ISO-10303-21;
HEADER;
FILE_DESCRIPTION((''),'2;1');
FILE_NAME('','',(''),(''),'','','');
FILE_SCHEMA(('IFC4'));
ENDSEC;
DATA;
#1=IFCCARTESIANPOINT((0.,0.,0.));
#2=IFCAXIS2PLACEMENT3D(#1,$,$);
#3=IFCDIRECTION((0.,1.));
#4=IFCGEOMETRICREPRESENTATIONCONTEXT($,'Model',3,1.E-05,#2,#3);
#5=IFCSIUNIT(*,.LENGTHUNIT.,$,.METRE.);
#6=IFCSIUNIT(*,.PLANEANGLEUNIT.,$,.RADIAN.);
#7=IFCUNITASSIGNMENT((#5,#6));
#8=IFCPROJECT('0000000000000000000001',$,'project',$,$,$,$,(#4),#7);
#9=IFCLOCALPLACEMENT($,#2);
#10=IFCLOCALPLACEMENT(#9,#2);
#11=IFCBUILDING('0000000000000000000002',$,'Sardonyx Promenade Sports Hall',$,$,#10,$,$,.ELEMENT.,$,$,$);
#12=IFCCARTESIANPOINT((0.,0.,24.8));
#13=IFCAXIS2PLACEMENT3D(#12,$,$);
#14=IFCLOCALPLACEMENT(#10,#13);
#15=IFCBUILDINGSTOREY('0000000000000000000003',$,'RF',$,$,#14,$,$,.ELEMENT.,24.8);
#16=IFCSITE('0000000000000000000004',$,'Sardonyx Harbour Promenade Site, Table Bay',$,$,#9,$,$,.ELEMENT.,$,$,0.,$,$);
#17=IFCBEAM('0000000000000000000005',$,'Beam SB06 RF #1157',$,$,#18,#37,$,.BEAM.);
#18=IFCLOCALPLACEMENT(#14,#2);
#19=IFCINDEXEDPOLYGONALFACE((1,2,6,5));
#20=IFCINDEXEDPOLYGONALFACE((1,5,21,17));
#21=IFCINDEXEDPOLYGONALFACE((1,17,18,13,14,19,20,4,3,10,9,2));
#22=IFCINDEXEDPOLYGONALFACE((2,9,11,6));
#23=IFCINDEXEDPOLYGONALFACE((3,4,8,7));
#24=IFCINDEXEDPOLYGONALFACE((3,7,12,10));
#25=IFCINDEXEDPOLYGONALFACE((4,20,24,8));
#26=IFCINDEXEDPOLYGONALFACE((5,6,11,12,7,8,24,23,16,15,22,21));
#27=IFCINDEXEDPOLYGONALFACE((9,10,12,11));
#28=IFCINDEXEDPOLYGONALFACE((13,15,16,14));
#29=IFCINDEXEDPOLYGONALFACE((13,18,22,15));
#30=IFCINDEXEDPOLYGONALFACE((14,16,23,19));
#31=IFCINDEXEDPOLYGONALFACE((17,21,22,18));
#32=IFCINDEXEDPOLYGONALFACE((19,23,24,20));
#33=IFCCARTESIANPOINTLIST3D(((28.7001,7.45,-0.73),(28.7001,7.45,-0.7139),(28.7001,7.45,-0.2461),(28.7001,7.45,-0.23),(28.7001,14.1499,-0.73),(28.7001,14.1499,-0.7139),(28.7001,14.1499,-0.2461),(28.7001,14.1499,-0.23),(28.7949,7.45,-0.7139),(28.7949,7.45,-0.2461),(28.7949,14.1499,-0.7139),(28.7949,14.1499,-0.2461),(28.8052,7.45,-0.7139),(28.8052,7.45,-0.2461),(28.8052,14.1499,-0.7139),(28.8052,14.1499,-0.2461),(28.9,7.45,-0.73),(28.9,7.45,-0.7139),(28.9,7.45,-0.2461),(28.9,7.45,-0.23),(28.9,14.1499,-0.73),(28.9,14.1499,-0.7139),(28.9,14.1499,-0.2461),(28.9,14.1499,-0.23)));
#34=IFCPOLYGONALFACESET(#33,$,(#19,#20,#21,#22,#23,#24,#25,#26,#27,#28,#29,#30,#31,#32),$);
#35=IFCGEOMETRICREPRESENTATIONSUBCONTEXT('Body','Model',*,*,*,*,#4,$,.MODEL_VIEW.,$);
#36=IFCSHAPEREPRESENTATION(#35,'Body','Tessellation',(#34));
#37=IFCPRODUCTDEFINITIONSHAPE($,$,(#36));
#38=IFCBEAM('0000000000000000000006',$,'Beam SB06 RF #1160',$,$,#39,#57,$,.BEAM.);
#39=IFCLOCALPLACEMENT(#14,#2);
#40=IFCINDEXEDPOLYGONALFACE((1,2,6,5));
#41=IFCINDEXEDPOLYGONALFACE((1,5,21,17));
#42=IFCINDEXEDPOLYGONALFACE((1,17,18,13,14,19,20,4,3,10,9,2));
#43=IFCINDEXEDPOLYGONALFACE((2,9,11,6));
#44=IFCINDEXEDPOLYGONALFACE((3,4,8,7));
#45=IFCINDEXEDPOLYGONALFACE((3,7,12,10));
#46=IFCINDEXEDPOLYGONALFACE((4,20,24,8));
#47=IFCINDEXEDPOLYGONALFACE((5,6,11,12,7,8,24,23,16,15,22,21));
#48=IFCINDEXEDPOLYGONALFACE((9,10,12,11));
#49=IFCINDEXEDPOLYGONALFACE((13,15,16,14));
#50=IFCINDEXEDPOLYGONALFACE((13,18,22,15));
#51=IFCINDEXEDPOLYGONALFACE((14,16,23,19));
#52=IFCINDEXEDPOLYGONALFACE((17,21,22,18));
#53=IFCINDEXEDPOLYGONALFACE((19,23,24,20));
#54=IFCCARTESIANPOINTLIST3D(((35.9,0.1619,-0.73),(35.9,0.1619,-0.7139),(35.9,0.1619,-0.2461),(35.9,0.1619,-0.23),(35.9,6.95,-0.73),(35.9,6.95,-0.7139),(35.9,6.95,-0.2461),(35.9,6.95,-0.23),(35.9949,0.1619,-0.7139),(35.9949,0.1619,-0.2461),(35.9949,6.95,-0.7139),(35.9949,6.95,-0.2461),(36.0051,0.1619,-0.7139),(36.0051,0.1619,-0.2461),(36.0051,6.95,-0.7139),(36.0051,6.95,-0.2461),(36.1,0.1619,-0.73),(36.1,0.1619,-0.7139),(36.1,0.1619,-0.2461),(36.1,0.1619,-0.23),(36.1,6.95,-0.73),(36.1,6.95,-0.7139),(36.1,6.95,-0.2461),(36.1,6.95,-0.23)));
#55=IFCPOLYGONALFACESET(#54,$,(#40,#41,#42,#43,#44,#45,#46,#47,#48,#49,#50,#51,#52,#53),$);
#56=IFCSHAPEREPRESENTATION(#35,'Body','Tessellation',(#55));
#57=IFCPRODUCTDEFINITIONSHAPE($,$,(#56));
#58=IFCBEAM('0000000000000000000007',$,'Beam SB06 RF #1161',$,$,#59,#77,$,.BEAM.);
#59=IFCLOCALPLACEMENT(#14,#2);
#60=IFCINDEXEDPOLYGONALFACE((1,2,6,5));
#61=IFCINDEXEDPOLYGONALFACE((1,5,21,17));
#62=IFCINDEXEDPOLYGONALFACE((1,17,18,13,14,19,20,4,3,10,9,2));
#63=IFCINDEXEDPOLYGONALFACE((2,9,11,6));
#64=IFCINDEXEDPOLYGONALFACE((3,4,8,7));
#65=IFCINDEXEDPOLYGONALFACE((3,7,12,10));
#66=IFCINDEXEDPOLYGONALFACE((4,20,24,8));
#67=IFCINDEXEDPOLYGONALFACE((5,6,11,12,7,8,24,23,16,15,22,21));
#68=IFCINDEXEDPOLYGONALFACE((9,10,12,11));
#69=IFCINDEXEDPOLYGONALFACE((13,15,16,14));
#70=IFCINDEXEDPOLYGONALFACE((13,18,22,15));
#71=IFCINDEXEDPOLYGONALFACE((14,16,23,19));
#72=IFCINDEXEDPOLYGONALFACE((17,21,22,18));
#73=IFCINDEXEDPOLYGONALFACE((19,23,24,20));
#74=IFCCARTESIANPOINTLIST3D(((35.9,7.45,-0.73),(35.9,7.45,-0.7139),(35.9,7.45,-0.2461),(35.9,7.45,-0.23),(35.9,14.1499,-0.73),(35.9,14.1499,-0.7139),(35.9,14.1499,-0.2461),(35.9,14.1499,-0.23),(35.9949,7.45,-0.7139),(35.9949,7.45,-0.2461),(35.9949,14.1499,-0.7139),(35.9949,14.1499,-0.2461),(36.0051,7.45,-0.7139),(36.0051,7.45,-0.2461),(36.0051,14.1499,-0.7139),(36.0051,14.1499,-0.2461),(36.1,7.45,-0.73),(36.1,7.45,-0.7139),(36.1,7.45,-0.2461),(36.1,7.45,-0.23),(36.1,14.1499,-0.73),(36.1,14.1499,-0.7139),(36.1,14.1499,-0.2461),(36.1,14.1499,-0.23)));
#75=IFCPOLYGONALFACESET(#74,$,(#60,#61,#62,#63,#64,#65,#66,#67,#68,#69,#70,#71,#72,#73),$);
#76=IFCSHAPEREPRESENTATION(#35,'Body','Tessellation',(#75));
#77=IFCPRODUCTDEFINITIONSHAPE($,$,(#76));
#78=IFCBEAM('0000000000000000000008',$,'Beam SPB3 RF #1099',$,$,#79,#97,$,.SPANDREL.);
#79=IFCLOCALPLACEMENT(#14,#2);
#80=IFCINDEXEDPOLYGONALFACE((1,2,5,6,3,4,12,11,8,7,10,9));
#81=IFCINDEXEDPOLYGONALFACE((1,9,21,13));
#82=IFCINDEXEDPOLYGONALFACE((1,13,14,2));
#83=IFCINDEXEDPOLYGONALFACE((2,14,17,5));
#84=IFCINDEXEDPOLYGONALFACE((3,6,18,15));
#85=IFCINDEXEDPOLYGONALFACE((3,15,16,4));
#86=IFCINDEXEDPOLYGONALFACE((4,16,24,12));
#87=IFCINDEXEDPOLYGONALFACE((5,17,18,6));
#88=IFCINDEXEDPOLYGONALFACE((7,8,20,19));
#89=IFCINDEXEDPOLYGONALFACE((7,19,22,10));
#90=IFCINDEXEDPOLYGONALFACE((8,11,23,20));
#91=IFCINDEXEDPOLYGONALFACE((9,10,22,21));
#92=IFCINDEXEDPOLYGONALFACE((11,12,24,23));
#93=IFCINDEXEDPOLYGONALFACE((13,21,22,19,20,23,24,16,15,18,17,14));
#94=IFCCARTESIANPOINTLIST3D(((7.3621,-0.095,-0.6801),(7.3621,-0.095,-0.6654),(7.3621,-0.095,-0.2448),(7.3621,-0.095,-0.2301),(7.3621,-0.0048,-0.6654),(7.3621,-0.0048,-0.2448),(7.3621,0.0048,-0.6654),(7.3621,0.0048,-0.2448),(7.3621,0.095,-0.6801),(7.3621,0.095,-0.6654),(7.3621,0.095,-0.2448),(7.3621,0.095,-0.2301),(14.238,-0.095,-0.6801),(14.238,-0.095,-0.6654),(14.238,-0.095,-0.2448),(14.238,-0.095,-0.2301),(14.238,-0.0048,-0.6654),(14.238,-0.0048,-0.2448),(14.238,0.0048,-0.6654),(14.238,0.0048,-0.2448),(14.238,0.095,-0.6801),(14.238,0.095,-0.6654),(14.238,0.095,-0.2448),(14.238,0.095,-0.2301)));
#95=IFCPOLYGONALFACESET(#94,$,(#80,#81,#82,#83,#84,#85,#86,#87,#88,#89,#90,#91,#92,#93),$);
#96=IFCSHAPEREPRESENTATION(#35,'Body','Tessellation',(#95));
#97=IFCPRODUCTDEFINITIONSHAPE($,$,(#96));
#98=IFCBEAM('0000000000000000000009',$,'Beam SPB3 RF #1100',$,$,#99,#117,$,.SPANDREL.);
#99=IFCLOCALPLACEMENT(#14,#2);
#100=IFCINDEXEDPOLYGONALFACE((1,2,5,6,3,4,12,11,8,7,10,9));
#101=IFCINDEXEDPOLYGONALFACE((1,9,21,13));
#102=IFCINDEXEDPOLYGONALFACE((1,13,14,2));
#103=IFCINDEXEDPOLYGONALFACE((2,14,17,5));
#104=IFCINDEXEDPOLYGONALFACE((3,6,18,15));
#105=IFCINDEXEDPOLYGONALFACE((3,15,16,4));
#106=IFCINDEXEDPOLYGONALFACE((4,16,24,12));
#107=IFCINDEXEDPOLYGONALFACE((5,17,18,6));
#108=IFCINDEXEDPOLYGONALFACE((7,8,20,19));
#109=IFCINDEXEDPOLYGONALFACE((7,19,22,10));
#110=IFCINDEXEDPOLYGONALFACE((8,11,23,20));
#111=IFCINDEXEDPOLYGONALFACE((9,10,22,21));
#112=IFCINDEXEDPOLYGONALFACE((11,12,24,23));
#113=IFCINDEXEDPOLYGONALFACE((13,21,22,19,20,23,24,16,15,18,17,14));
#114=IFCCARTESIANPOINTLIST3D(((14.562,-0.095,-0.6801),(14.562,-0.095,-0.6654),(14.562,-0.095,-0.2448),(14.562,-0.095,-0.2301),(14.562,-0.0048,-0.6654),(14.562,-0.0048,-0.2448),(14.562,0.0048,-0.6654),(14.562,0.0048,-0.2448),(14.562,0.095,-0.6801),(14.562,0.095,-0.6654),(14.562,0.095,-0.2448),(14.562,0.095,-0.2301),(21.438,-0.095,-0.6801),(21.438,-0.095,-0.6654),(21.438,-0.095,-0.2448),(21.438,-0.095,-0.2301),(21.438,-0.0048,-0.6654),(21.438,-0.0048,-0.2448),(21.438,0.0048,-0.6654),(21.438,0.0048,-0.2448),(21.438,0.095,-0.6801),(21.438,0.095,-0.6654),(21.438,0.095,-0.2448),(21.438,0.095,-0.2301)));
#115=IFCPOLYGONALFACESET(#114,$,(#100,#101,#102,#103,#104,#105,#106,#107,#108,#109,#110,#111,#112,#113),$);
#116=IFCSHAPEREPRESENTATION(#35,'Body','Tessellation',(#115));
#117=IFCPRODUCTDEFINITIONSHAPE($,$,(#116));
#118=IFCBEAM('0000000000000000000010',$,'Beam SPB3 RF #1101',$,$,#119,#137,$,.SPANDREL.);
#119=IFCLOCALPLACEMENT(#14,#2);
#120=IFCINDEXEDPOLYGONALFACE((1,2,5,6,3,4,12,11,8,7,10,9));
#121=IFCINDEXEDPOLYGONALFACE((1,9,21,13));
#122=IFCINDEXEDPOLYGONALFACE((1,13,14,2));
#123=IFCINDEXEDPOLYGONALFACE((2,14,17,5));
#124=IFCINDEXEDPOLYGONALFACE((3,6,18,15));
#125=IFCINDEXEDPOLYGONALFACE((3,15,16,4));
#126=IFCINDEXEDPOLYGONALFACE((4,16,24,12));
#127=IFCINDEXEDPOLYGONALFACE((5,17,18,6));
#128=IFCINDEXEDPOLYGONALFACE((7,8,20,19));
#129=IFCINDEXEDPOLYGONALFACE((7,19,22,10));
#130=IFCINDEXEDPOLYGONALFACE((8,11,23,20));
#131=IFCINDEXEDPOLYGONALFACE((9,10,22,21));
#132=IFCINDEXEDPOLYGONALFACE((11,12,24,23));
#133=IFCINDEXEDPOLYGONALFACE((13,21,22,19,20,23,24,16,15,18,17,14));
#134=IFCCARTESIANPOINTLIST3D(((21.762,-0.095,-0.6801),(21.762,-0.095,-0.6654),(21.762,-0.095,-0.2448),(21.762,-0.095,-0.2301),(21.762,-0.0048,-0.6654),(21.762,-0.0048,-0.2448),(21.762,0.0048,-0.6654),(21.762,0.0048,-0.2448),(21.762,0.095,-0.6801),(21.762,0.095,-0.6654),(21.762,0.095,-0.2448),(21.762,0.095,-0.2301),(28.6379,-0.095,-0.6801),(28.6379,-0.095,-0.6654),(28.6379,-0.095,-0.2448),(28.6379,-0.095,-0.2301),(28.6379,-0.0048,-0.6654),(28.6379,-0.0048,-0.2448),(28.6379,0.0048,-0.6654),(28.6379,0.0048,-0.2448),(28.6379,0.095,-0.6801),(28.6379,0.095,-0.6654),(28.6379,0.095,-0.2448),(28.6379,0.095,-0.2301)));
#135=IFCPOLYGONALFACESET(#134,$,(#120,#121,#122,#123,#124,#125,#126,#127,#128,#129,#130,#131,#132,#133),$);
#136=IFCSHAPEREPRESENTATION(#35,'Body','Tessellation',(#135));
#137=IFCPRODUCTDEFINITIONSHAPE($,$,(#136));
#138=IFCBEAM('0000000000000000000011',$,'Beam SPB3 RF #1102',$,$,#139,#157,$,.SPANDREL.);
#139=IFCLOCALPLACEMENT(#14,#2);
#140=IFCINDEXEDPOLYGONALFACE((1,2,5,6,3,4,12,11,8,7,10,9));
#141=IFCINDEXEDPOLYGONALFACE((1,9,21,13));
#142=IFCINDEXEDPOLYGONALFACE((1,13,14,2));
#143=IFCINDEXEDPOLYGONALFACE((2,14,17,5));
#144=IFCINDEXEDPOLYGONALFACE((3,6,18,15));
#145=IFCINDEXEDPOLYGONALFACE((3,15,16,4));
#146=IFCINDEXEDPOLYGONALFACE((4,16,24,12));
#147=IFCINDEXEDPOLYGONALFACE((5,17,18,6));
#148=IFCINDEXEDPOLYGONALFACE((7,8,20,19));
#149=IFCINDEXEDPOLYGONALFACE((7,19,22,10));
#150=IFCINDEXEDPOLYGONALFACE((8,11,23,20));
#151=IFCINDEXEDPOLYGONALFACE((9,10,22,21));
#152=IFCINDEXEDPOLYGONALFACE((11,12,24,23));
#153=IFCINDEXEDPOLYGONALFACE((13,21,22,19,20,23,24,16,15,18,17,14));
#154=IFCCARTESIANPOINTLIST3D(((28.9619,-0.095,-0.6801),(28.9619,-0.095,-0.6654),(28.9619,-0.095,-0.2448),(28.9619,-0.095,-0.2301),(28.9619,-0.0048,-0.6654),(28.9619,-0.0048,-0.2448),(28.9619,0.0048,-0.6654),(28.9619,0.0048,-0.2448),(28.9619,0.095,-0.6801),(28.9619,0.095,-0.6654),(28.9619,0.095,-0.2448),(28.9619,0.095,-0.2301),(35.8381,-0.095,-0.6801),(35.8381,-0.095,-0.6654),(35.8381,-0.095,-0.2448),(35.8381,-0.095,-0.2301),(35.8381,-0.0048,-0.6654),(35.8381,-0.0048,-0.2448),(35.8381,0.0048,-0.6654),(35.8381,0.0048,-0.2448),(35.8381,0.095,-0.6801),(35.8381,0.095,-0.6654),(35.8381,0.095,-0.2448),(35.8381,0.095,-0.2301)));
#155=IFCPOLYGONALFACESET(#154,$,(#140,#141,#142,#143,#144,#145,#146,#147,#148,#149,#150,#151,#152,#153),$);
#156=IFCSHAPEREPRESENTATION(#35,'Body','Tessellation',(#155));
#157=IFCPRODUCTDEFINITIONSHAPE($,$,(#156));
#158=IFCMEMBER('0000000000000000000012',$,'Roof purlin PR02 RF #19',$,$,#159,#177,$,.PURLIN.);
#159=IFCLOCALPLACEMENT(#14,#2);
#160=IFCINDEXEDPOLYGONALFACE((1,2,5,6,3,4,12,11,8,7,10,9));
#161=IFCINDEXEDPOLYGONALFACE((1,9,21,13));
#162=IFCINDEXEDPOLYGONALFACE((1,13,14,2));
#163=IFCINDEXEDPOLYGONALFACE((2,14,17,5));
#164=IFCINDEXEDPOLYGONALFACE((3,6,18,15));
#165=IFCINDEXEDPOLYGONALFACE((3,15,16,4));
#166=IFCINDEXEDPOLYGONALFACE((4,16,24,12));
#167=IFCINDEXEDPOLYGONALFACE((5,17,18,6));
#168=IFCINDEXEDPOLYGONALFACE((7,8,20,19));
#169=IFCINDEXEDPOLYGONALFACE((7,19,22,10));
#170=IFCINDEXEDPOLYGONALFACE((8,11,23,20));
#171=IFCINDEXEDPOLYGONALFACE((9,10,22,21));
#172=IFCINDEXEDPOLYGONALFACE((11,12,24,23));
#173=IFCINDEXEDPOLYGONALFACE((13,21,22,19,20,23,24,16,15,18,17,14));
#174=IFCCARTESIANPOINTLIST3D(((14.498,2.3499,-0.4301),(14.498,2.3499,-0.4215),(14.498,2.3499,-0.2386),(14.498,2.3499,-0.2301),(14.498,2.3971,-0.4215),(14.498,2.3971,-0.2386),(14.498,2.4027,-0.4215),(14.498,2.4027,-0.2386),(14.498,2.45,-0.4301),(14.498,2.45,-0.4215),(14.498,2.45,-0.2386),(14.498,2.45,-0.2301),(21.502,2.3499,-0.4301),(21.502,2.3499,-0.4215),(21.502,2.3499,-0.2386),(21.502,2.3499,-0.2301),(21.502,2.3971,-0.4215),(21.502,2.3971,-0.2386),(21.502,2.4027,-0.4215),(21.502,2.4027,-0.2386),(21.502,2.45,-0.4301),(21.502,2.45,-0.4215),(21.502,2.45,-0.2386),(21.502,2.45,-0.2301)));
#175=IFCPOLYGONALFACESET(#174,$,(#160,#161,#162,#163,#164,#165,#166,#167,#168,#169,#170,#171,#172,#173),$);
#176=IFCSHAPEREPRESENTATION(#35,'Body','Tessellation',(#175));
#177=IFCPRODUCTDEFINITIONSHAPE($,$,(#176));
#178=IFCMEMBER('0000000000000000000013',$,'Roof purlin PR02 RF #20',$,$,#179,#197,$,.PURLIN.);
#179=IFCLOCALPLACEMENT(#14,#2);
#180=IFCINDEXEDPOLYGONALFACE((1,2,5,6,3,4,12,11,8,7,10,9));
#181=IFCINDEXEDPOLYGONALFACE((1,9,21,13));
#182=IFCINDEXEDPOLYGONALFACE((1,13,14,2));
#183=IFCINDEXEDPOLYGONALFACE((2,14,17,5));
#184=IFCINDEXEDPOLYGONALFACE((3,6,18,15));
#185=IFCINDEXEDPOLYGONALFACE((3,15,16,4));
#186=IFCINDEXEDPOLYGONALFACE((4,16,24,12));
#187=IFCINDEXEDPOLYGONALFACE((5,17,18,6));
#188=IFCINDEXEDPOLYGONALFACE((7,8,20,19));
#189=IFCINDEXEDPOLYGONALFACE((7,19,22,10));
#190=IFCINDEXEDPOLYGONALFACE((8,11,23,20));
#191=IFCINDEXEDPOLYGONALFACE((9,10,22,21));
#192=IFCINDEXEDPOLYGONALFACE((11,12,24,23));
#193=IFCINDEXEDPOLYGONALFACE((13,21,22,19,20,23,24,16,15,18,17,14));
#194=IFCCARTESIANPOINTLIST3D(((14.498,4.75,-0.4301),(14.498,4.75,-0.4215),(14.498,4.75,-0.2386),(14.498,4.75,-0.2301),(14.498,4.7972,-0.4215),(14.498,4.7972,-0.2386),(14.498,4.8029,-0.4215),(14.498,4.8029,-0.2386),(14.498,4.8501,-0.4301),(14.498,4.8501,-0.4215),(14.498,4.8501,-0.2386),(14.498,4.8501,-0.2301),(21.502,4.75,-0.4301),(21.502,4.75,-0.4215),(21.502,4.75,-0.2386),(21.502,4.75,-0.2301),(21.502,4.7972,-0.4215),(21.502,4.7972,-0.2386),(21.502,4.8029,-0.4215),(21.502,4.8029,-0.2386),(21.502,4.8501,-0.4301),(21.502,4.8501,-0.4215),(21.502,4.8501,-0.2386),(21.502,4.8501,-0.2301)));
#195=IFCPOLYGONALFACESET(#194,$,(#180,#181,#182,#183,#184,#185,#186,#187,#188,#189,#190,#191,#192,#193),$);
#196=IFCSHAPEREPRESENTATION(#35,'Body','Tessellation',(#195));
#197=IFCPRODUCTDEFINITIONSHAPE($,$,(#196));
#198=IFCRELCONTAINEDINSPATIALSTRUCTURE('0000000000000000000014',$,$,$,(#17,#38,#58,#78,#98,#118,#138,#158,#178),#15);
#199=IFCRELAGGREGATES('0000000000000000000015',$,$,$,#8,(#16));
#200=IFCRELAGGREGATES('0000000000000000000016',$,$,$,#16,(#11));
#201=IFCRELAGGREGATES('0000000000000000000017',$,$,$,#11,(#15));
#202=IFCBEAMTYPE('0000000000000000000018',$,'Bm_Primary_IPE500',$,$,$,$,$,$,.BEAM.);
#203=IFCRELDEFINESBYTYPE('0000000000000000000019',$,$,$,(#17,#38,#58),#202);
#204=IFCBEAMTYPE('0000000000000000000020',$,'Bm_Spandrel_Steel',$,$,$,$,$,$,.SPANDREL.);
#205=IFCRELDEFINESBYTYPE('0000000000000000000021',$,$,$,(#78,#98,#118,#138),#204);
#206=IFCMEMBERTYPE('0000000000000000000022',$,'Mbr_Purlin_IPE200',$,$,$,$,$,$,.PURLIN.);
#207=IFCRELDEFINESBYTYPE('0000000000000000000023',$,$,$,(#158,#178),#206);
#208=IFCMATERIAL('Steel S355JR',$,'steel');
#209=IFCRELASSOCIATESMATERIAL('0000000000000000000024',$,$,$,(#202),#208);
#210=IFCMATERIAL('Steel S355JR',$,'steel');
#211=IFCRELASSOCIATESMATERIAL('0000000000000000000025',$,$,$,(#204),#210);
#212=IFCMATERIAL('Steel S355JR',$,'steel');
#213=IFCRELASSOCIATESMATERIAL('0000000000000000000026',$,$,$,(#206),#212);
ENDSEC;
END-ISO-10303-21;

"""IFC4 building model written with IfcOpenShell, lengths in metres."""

from ifc_helpers import new_model, si_unit, direction, frame, origin, origin_2d, place, context, subcontext, project, spatial, i_section, extrude, material, material_profile, profile_set, type_object, element, save


model = new_model("IFC4")

# Units and contexts
model_context = context("Model", 3, precision=1e-05, world=origin(), true_north=direction((0.0, 1.0)))
body_context = subcontext(model_context, "Body", "Model", "MODEL_VIEW")
ifc_project = project(units=[si_unit("LENGTHUNIT", "METRE"), si_unit("PLANEANGLEUNIT", "RADIAN")], contexts=[model_context])

# Site, building, storey
site_placement = place(None, origin())
site = spatial("IfcSite", under=ifc_project, at=site_placement, Name="Sardonyx Harbour Promenade Site, Table Bay", CompositionType="ELEMENT", RefElevation=0.0)
building_placement = place(site_placement, origin())
building = spatial("IfcBuilding", under=site, at=building_placement, Name="Sardonyx Promenade Sports Hall", CompositionType="ELEMENT")
storey_placement = place(building_placement, frame((0.0, 0.0, 24.8)))
storey = spatial("IfcBuildingStorey", under=building, at=storey_placement, Name="RF", CompositionType="ELEMENT", Elevation=24.8)

# Beams
ifc_material_1 = material(Name="Steel S355JR", Category="steel")
ifc_material_profile_1 = material_profile(ifc_material_1, i_section(OverallWidth=0.2, OverallDepth=0.5, WebThickness=0.0103, FlangeThickness=0.0161, at=origin_2d()))
ifc_profile_set_1 = profile_set([ifc_material_profile_1], Name="Steel S355JR")
beam_type_1 = type_object("IfcBeamType", Name="Bm_Primary_IPE500", PredefinedType="BEAM", material=ifc_profile_set_1)
beam_1_placement = place(storey_placement, frame((28.8, 7.45, -0.48), z_axis=(0.0, 1.0, 0.0), x_axis=(-1.0, 0.0, 0.0)))
element("IfcBeam", 1, at=beam_1_placement, inside=storey, type_object=beam_type_1, Name="Beam SB06 RF #1157", PredefinedType="BEAM", context=body_context, shape_type="SweptSolid", body=[
    extrude(i_section(OverallWidth=0.2, OverallDepth=0.5, WebThickness=0.0103, FlangeThickness=0.0161, at=origin_2d()), origin(), (0.0, 0.0, 1.0), 6.7),
])
beam_2_placement = place(storey_placement, frame((36.0, 0.1619, -0.48), z_axis=(0.0, 1.0, 0.0), x_axis=(-1.0, 0.0, 0.0)))
element("IfcBeam", 2, at=beam_2_placement, inside=storey, type_object=beam_type_1, Name="Beam SB06 RF #1160", PredefinedType="BEAM", context=body_context, shape_type="SweptSolid", body=[
    extrude(i_section(OverallWidth=0.2, OverallDepth=0.5, WebThickness=0.0103, FlangeThickness=0.0161, at=origin_2d()), origin(), (0.0, 0.0, 1.0), 6.7881),
])
beam_3_placement = place(storey_placement, frame((36.0, 7.45, -0.48), z_axis=(0.0, 1.0, 0.0), x_axis=(-1.0, 0.0, 0.0)))
element("IfcBeam", 3, at=beam_3_placement, inside=storey, type_object=beam_type_1, Name="Beam SB06 RF #1161", PredefinedType="BEAM", context=body_context, shape_type="SweptSolid", body=[
    extrude(i_section(OverallWidth=0.2, OverallDepth=0.5, WebThickness=0.0103, FlangeThickness=0.0161, at=origin_2d()), origin(), (0.0, 0.0, 1.0), 6.7),
])
ifc_material_2 = material(Name="Steel S355JR", Category="steel")
ifc_material_profile_2 = material_profile(ifc_material_2, i_section(OverallWidth=0.1899, OverallDepth=0.45, WebThickness=0.0095, FlangeThickness=0.0146, at=origin_2d()))
ifc_profile_set_2 = profile_set([ifc_material_profile_2], Name="Steel S355JR")
beam_type_2 = type_object("IfcBeamType", Name="Bm_Spandrel_Steel", PredefinedType="SPANDREL", material=ifc_profile_set_2)
for number, where, z_axis, x_axis, name in (
    (4, (7.3621, 0.0, -0.4551), (1.0, 0.0, 0.0), (0.0, 1.0, 0.0), "Beam SPB3 RF #1099"),
    (5, (14.562, 0.0, -0.4551), (1.0, 0.0, 0.0), (0.0, 1.0, 0.0), "Beam SPB3 RF #1100"),
    (6, (21.762, 0.0, -0.4551), (1.0, 0.0, 0.0), (0.0, 1.0, 0.0), "Beam SPB3 RF #1101"),
):
    element("IfcBeam", number, at=place(storey_placement, frame(where, z_axis=z_axis, x_axis=x_axis)), inside=storey, type_object=beam_type_2, Name=name, PredefinedType="SPANDREL", context=body_context, shape_type="SweptSolid", body=[
        extrude(i_section(OverallWidth=0.1899, OverallDepth=0.45, WebThickness=0.0095, FlangeThickness=0.0146, at=origin_2d()), origin(), (0.0, 0.0, 1.0), 6.876),
    ])
beam_4_placement = place(storey_placement, frame((28.9619, 0.0, -0.4551), z_axis=(1.0, 0.0, 0.0), x_axis=(0.0, 1.0, 0.0)))
element("IfcBeam", 7, at=beam_4_placement, inside=storey, type_object=beam_type_2, Name="Beam SPB3 RF #1102", PredefinedType="SPANDREL", context=body_context, shape_type="SweptSolid", body=[
    extrude(i_section(OverallWidth=0.1899, OverallDepth=0.45, WebThickness=0.0095, FlangeThickness=0.0146, at=origin_2d()), origin(), (0.0, 0.0, 1.0), 6.8762),
])

# Members
ifc_material_3 = material(Name="Steel S355JR", Category="steel")
ifc_material_profile_3 = material_profile(ifc_material_3, i_section(OverallWidth=0.1001, OverallDepth=0.2, WebThickness=0.0056, FlangeThickness=0.0085, at=origin_2d()))
ifc_profile_set_3 = profile_set([ifc_material_profile_3], Name="Steel S355JR")
member_type = type_object("IfcMemberType", Name="Mbr_Purlin_IPE200", PredefinedType="PURLIN", material=ifc_profile_set_3)
for number, where, z_axis, x_axis, name in (
    (8, (14.498, 2.3999, -0.3301), (1.0, 0.0, 0.0), (0.0, 1.0, 0.0), "Roof purlin PR02 RF #19"),
    (9, (14.498, 4.8, -0.3301), (1.0, 0.0, 0.0), (0.0, 1.0, 0.0), "Roof purlin PR02 RF #20"),
):
    element("IfcMember", number, at=place(storey_placement, frame(where, z_axis=z_axis, x_axis=x_axis)), inside=storey, type_object=member_type, Name=name, PredefinedType="PURLIN", context=body_context, shape_type="SweptSolid", body=[
        extrude(i_section(OverallWidth=0.1001, OverallDepth=0.2, WebThickness=0.0056, FlangeThickness=0.0085, at=origin_2d()), origin(), (0.0, 0.0, 1.0), 7.0039),
    ])

save(model, "model.ifc")
